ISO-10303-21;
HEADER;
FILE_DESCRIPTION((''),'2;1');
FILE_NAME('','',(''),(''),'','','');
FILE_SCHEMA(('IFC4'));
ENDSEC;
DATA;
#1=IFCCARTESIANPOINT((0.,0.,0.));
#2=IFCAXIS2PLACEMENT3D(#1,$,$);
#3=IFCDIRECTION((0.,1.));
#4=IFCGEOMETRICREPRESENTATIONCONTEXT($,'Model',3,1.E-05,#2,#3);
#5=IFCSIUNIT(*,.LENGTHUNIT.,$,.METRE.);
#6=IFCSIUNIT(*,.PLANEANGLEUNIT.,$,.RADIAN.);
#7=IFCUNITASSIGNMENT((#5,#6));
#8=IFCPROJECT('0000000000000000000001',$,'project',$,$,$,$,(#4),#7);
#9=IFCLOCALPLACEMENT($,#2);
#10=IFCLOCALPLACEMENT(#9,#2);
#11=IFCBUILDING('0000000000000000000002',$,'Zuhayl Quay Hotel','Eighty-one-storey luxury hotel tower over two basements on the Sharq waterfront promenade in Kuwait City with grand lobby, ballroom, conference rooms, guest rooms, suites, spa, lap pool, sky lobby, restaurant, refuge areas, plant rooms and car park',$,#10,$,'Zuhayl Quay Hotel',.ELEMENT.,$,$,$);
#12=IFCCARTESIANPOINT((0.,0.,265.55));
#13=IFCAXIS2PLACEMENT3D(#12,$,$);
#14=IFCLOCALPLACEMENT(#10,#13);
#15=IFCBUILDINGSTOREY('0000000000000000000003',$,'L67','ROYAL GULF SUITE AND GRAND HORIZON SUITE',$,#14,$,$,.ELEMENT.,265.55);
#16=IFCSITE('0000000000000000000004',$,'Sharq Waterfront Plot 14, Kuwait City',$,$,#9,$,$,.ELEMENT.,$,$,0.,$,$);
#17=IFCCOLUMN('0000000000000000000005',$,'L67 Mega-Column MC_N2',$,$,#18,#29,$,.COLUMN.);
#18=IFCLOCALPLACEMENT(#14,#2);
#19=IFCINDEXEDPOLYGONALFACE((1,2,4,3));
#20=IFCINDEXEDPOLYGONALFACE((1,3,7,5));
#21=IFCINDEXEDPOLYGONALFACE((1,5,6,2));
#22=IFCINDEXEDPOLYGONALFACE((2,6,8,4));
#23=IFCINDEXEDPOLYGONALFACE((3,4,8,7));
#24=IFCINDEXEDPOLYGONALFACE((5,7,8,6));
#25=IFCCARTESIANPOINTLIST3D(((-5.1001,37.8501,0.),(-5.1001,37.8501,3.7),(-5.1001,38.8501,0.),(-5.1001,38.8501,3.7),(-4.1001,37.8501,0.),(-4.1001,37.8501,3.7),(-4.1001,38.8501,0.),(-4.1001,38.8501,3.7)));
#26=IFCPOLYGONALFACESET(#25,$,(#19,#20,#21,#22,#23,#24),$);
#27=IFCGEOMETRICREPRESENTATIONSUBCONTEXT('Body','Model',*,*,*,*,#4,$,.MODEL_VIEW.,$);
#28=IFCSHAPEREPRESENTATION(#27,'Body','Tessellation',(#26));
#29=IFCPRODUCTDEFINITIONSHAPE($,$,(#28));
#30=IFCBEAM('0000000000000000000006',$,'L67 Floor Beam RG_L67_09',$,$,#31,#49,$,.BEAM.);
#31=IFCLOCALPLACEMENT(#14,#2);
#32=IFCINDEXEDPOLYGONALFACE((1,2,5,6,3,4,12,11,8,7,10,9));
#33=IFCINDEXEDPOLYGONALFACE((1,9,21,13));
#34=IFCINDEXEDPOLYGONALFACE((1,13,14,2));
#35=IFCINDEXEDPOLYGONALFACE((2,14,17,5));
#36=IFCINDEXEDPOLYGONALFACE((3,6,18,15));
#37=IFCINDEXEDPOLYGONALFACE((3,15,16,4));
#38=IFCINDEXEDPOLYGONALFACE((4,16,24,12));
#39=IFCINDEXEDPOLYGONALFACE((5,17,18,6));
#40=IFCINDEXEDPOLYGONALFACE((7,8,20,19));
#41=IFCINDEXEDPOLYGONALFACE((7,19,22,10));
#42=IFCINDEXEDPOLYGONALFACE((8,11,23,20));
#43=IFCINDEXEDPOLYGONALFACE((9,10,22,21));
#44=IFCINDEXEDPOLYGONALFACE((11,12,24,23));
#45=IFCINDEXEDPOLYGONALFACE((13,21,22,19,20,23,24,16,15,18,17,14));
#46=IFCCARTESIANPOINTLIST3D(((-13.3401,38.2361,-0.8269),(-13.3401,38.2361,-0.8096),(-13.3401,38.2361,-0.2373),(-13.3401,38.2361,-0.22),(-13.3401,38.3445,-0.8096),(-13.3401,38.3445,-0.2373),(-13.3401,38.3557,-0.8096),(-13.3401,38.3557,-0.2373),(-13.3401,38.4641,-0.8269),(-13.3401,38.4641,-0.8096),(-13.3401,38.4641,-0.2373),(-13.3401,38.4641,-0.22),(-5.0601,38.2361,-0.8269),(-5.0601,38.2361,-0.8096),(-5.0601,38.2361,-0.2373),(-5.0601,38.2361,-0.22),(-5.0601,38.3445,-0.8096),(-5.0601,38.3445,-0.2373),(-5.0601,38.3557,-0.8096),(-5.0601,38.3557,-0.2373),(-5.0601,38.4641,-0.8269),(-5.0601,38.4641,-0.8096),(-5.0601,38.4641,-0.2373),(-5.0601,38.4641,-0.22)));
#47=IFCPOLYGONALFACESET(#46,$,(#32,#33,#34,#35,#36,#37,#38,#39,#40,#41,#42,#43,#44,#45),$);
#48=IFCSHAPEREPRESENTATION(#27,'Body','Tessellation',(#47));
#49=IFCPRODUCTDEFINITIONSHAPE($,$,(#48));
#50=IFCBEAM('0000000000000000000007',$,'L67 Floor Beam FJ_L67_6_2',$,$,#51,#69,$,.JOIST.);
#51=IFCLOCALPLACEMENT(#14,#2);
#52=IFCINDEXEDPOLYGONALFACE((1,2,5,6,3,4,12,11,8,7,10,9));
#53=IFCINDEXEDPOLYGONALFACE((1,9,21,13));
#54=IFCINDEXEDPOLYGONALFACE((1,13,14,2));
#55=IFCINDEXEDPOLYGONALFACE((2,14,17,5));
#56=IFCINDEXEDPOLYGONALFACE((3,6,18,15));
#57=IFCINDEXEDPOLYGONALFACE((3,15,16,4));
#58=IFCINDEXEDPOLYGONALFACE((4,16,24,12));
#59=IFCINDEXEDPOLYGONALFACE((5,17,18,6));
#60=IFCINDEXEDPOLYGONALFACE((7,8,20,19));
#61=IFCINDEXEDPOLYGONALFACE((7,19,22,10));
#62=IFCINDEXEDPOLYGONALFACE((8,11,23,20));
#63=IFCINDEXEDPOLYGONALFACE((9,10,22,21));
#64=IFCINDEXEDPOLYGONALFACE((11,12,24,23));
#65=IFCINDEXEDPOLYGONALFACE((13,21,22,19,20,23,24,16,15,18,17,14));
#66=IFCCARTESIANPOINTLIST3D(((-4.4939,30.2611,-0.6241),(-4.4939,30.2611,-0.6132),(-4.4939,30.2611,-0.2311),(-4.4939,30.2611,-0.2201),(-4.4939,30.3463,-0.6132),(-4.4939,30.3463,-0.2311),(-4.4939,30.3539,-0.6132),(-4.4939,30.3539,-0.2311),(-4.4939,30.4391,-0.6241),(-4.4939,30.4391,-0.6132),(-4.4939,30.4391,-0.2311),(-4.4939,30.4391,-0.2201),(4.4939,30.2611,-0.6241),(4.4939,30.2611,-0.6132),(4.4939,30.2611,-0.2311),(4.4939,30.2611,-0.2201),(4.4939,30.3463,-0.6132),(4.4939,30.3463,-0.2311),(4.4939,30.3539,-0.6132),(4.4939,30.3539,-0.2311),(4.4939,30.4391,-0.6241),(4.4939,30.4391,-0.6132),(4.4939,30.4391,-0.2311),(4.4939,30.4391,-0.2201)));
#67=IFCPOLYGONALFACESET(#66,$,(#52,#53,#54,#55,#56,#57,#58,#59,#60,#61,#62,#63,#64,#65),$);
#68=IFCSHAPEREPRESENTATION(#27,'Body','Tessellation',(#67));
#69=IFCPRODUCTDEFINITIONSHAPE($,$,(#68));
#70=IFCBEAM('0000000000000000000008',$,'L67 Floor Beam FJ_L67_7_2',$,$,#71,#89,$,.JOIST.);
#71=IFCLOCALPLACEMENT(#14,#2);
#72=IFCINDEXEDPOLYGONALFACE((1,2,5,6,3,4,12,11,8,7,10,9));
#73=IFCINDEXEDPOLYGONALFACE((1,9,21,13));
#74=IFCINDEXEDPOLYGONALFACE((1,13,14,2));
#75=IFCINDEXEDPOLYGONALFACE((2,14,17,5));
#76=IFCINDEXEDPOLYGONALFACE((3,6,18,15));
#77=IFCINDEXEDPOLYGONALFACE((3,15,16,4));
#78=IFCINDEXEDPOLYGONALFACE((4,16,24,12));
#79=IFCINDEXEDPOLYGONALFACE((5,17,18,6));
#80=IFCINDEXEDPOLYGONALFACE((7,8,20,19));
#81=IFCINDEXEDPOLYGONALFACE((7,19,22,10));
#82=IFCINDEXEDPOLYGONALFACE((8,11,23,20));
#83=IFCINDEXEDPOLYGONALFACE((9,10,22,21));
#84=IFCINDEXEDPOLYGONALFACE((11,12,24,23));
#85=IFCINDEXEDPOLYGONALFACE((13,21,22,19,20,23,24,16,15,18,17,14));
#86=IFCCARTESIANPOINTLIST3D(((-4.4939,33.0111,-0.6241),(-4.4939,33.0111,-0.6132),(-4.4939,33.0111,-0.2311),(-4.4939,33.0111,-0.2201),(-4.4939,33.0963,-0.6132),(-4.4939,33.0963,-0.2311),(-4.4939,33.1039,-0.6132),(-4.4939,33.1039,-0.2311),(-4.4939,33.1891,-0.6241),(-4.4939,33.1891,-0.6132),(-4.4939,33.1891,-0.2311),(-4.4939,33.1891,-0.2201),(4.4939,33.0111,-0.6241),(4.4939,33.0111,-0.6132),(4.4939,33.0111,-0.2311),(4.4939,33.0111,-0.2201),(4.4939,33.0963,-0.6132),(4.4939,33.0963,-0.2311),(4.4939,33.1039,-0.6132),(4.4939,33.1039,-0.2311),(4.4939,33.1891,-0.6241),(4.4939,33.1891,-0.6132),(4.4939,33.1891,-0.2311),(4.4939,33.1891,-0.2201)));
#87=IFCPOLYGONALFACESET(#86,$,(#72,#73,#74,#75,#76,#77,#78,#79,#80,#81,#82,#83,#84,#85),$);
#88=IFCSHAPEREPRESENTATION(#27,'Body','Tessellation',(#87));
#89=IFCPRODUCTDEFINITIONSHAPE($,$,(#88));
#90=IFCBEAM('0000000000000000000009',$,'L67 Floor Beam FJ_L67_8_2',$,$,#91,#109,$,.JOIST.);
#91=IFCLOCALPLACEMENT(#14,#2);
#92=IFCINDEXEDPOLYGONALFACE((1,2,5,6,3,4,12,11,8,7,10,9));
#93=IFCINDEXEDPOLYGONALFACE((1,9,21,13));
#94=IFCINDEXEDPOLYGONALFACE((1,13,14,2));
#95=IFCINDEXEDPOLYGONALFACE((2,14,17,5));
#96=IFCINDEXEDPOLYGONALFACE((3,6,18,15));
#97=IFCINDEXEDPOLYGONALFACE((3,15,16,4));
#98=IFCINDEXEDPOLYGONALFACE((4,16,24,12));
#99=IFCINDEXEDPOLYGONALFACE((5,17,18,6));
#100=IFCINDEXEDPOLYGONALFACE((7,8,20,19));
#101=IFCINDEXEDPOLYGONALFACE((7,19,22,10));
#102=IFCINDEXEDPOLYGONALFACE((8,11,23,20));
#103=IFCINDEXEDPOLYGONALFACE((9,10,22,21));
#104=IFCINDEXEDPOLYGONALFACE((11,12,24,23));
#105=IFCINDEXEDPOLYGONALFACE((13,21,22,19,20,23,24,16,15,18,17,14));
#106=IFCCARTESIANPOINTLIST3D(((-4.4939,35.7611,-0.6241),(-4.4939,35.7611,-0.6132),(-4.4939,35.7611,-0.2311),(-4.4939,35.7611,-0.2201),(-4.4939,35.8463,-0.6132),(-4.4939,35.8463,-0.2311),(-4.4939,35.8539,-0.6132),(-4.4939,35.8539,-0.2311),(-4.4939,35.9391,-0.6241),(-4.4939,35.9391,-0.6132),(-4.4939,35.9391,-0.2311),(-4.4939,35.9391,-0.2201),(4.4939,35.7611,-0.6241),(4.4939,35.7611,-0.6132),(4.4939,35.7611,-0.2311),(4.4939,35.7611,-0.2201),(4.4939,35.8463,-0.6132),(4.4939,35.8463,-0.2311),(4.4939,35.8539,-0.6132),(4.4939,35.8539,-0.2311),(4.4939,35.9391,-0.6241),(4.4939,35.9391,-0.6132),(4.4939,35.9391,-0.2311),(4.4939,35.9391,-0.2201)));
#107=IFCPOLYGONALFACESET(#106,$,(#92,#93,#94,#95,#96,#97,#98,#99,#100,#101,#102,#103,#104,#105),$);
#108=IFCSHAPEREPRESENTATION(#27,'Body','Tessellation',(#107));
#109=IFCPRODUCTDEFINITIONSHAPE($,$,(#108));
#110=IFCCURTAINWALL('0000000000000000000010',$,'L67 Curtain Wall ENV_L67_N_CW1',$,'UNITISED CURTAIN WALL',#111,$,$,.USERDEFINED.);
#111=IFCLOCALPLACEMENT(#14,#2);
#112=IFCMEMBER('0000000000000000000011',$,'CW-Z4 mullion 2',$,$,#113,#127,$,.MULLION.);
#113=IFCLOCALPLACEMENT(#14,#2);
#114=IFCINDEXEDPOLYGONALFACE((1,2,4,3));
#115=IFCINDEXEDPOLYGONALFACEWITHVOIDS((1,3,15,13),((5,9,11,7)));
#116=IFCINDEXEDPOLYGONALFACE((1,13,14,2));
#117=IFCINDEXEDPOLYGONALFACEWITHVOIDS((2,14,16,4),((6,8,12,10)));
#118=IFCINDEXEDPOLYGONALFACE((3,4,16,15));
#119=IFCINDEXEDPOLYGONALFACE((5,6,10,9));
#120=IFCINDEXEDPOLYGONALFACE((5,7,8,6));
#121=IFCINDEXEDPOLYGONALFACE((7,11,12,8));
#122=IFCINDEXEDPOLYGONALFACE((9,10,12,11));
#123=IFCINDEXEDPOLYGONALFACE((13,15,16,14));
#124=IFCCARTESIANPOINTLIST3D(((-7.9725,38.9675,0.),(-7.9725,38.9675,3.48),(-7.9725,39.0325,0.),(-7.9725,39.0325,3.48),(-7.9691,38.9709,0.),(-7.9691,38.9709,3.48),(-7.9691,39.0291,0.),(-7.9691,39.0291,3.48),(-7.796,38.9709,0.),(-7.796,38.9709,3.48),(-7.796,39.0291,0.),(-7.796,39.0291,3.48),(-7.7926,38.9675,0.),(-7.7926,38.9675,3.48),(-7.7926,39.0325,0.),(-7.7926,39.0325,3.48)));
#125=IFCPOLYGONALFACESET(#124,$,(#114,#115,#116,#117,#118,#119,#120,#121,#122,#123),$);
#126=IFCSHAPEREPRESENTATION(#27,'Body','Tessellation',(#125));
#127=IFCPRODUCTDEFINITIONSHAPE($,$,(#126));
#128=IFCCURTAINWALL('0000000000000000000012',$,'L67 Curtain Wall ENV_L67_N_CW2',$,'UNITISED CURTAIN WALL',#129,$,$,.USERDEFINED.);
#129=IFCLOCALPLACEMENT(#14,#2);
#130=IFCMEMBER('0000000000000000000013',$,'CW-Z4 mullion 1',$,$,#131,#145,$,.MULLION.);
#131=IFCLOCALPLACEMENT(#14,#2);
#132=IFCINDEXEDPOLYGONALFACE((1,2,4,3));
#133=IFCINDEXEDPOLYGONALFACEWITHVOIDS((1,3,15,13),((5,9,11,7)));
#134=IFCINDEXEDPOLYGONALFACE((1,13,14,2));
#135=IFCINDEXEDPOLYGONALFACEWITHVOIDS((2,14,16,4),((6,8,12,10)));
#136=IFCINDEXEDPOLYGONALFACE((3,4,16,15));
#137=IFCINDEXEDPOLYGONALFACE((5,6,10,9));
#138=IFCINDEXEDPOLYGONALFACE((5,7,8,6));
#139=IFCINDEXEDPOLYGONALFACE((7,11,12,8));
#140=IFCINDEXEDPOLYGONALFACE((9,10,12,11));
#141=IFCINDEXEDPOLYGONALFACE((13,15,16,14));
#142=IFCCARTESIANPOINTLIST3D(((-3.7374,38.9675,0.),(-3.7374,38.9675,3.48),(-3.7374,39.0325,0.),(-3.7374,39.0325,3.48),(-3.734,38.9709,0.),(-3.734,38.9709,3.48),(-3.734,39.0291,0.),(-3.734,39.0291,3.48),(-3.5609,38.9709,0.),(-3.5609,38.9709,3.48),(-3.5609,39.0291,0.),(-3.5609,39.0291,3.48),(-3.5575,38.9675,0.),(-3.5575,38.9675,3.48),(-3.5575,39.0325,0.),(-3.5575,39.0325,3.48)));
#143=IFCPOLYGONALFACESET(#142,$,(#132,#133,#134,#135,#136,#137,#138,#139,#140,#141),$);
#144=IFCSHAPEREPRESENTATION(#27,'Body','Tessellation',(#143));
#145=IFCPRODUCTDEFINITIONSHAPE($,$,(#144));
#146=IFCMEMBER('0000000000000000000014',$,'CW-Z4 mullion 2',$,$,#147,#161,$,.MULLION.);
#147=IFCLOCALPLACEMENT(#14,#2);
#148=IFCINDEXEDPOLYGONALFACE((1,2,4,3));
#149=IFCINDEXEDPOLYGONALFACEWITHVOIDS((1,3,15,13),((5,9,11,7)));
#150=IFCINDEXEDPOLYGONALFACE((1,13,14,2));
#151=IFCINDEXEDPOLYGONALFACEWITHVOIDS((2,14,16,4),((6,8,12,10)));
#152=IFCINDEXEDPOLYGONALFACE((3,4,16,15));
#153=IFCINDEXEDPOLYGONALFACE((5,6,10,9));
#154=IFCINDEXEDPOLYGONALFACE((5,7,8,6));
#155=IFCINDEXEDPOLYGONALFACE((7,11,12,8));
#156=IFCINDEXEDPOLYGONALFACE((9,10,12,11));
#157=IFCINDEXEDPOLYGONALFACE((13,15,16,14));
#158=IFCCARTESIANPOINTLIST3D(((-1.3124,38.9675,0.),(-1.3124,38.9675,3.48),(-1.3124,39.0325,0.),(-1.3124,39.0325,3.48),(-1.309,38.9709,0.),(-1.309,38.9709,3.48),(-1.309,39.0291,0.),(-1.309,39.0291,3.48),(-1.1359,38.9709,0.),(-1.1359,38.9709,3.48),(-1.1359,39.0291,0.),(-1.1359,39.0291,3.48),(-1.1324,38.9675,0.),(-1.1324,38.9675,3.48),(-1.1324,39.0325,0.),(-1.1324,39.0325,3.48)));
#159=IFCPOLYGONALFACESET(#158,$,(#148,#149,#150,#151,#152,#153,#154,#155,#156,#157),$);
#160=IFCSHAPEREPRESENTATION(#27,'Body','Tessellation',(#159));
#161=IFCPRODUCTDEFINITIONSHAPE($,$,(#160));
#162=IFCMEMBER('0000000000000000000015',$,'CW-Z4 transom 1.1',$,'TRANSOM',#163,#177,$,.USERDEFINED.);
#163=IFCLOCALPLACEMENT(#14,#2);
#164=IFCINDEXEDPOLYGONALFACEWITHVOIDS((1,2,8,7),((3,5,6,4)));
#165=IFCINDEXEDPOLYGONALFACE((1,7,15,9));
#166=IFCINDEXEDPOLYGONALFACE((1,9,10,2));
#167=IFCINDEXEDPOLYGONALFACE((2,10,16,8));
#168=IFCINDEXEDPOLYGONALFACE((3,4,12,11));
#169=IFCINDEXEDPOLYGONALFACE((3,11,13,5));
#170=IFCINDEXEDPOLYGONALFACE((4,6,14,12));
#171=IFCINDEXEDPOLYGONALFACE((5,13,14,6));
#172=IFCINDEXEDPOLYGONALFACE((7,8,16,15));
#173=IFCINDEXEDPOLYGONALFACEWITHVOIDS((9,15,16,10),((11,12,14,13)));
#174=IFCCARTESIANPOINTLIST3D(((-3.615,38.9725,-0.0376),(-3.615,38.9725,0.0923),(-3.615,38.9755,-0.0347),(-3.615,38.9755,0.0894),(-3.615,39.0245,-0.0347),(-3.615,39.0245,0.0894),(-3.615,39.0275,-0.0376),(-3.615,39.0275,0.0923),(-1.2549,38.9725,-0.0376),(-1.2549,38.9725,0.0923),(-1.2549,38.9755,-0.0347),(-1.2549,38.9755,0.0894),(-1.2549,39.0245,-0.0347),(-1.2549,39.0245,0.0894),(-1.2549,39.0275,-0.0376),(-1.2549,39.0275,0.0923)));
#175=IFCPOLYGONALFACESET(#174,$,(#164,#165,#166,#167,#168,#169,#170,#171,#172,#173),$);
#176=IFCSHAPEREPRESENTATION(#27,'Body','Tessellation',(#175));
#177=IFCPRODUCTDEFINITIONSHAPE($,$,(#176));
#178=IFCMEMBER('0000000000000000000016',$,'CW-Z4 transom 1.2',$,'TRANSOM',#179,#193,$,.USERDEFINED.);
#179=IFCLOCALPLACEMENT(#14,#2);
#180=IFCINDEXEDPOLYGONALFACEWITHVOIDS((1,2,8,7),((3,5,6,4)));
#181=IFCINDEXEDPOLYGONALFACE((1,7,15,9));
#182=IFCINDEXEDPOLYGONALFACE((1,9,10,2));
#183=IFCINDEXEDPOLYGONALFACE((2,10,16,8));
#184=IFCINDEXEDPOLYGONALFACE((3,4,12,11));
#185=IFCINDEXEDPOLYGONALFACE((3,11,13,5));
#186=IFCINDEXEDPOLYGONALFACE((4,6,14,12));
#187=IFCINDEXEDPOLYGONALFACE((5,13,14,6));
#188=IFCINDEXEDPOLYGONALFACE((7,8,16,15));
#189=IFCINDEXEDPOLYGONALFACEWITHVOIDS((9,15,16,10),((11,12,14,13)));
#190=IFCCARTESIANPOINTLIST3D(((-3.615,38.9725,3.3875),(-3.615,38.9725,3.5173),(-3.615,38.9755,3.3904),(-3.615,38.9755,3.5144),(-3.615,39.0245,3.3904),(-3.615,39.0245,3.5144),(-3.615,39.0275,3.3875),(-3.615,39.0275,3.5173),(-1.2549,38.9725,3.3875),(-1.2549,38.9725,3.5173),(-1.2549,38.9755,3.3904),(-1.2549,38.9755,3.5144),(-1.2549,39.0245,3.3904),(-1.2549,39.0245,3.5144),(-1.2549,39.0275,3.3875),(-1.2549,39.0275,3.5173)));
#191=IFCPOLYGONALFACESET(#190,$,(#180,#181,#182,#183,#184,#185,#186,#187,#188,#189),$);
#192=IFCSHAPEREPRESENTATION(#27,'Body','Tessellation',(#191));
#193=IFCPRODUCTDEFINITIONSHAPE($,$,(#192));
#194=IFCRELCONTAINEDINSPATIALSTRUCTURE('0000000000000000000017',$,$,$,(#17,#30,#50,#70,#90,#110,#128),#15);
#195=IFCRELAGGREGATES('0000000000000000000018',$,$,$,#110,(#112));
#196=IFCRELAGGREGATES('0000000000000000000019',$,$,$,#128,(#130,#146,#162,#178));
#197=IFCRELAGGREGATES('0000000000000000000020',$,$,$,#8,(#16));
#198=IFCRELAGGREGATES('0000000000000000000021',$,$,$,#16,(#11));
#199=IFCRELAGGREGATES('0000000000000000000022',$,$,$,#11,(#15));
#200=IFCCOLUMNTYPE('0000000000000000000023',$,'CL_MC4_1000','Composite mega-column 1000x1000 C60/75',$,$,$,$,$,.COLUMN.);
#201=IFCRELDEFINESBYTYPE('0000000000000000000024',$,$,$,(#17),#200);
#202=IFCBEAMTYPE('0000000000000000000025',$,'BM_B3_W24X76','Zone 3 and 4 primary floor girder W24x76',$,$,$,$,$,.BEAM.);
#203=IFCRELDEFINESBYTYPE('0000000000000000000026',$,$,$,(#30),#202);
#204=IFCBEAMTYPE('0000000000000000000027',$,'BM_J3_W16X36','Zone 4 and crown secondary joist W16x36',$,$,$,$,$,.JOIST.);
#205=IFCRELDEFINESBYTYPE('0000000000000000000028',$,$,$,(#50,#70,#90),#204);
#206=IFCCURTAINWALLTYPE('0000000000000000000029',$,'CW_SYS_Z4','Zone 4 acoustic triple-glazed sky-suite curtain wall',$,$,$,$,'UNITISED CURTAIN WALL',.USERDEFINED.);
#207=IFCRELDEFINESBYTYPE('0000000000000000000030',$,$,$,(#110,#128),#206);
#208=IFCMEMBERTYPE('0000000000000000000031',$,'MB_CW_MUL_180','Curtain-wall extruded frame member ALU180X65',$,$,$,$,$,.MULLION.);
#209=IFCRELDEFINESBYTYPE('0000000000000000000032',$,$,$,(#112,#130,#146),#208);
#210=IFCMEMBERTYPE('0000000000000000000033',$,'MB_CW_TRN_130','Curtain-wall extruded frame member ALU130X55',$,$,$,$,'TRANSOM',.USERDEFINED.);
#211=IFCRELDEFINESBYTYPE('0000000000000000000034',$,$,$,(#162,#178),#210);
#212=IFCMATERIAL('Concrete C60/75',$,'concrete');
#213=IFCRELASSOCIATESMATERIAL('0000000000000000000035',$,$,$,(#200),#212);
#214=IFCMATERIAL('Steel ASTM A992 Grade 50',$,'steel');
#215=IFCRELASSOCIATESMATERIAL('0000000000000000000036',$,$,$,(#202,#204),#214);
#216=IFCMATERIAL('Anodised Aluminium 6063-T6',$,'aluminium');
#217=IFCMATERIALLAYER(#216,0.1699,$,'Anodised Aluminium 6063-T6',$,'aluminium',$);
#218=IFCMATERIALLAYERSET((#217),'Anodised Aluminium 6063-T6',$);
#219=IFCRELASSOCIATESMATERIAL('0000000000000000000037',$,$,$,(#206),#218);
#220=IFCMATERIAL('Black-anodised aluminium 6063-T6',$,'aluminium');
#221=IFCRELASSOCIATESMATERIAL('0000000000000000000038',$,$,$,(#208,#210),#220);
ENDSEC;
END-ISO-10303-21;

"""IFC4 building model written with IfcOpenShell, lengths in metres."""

from ifc_helpers import new_model, si_unit, direction, frame, origin, origin_2d, place, context, subcontext, project, spatial, rectangle, hollow_rectangle, i_section, extrude, material, layer, layer_set, material_profile, profile_set, type_object, element, aggregate, save


model = new_model("IFC4")

# Units and contexts
model_context = context("Model", 3, precision=1e-05, world=origin(), true_north=direction((0.0, 1.0)))
body_context = subcontext(model_context, "Body", "Model", "MODEL_VIEW")
ifc_project = project(units=[si_unit("LENGTHUNIT", "METRE"), si_unit("PLANEANGLEUNIT", "RADIAN")], contexts=[model_context])

# Site, building, storey
site_placement = place(None, origin())
site = spatial("IfcSite", under=ifc_project, at=site_placement, Name="Sharq Waterfront Plot 14, Kuwait City", CompositionType="ELEMENT", RefElevation=0.0)
building_placement = place(site_placement, origin())
building = spatial("IfcBuilding", under=site, at=building_placement, Name="Zuhayl Quay Hotel", Description="Eighty-one-storey luxury hotel tower over two basements on the Sharq waterfront promenade in Kuwait City with grand lobby, ballroom, conference rooms, guest rooms, suites, spa, lap pool, sky lobby, restaurant, refuge areas, plant rooms and car park", LongName="Zuhayl Quay Hotel", CompositionType="ELEMENT")
storey_placement = place(building_placement, frame((0.0, 0.0, 265.55)))
storey = spatial("IfcBuildingStorey", under=building, at=storey_placement, Name="L67", Description="ROYAL GULF SUITE AND GRAND HORIZON SUITE", CompositionType="ELEMENT", Elevation=265.55)

# Column
ifc_material_1 = material(Name="Concrete C60/75", Category="concrete")
ifc_material_profile_1 = material_profile(ifc_material_1, rectangle(XDim=1.0, YDim=1.0, at=origin_2d()), Name="RC1000X1000")
ifc_profile_set_1 = profile_set([ifc_material_profile_1], Name="Concrete C60/75")
column_type = type_object("IfcColumnType", Name="CL_MC4_1000", Description="Composite mega-column 1000x1000 C60/75", PredefinedType="COLUMN", material=ifc_profile_set_1)
column_placement = place(storey_placement, frame((-4.6001, 38.3501, 0.0), z_axis=(0.0, 0.0, 1.0), x_axis=(1.0, 0.0, 0.0)))
element("IfcColumn", 1, at=column_placement, inside=storey, type_object=column_type, Name="L67 Mega-Column MC_N2", PredefinedType="COLUMN", context=body_context, shape_type="SweptSolid", body=[
    extrude(rectangle(XDim=1.0, YDim=1.0, at=origin_2d()), origin(), (0.0, 0.0, 1.0), 3.7),
])

# Beams
ifc_material_2 = material(Name="Steel ASTM A992 Grade 50", Category="steel")
ifc_material_profile_2 = material_profile(ifc_material_2, i_section(OverallWidth=0.228, OverallDepth=0.6069, WebThickness=0.0112, FlangeThickness=0.0173, at=origin_2d()), Name="W24X76")
ifc_profile_set_2 = profile_set([ifc_material_profile_2], Name="Steel ASTM A992 Grade 50")
beam_type_1 = type_object("IfcBeamType", Name="BM_B3_W24X76", Description="Zone 3 and 4 primary floor girder W24x76", PredefinedType="BEAM", material=ifc_profile_set_2)
beam_placement = place(storey_placement, frame((-5.0601, 38.3501, -0.5234), z_axis=(-1.0, 0.0, 0.0), x_axis=(0.0, -1.0, 0.0)))
element("IfcBeam", 2, at=beam_placement, inside=storey, type_object=beam_type_1, Name="L67 Floor Beam RG_L67_09", PredefinedType="BEAM", context=body_context, shape_type="SweptSolid", body=[
    extrude(i_section(OverallWidth=0.228, OverallDepth=0.6069, WebThickness=0.0112, FlangeThickness=0.0173, at=origin_2d()), origin(), (0.0, 0.0, 1.0), 8.28),
])
ifc_material_profile_3 = material_profile(ifc_material_2, i_section(OverallWidth=0.178, OverallDepth=0.4041, WebThickness=0.0076, FlangeThickness=0.011, at=origin_2d()), Name="W16X36")
ifc_profile_set_3 = profile_set([ifc_material_profile_3], Name="Steel ASTM A992 Grade 50")
beam_type_2 = type_object("IfcBeamType", Name="BM_J3_W16X36", Description="Zone 4 and crown secondary joist W16x36", PredefinedType="JOIST", material=ifc_profile_set_3)
for number, where, z_axis, x_axis, name in (
    (3, (-4.4939, 30.3501, -0.4221), (1.0, 0.0, 0.0), (0.0, 1.0, 0.0), "L67 Floor Beam FJ_L67_6_2"),
    (4, (-4.4939, 33.1001, -0.4221), (1.0, 0.0, 0.0), (0.0, 1.0, 0.0), "L67 Floor Beam FJ_L67_7_2"),
    (5, (-4.4939, 35.8501, -0.4221), (1.0, 0.0, 0.0), (0.0, 1.0, 0.0), "L67 Floor Beam FJ_L67_8_2"),
):
    element("IfcBeam", number, at=place(storey_placement, frame(where, z_axis=z_axis, x_axis=x_axis)), inside=storey, type_object=beam_type_2, Name=name, PredefinedType="JOIST", context=body_context, shape_type="SweptSolid", body=[
        extrude(i_section(OverallWidth=0.178, OverallDepth=0.4041, WebThickness=0.0076, FlangeThickness=0.011, at=origin_2d()), origin(), (0.0, 0.0, 1.0), 8.9878),
    ])

# Curtain wall, member
ifc_material_3 = material(Name="Anodised Aluminium 6063-T6", Category="aluminium")
ifc_layer_1 = layer(ifc_material_3, 0.1699, Name="Anodised Aluminium 6063-T6", Category="aluminium")
ifc_layer_set_1 = layer_set([ifc_layer_1], Name="Anodised Aluminium 6063-T6")
curtain_wall_type = type_object("IfcCurtainWallType", Name="CW_SYS_Z4", Description="Zone 4 acoustic triple-glazed sky-suite curtain wall", ElementType="UNITISED CURTAIN WALL", PredefinedType="USERDEFINED", material=ifc_layer_set_1)
curtain_wall_1_placement = place(storey_placement, origin())
curtain_wall_1 = element("IfcCurtainWall", 6, at=curtain_wall_1_placement, inside=storey, type_object=curtain_wall_type, Name="L67 Curtain Wall ENV_L67_N_CW1", ObjectType="UNITISED CURTAIN WALL", PredefinedType="USERDEFINED")
ifc_material_4 = material(Name="Black-anodised aluminium 6063-T6", Category="aluminium")
ifc_material_profile_4 = material_profile(ifc_material_4, hollow_rectangle(XDim=0.0649, YDim=0.1799, WallThickness=0.0034, at=origin_2d()), Name="ALU180X65")
ifc_profile_set_4 = profile_set([ifc_material_profile_4], Name="Black-anodised aluminium 6063-T6")
member_type_1 = type_object("IfcMemberType", Name="MB_CW_MUL_180", Description="Curtain-wall extruded frame member ALU180X65", PredefinedType="MULLION", material=ifc_profile_set_4)
member_1_placement = place(storey_placement, frame((-7.8826, 39.0, 0.0), z_axis=(0.0, 0.0, 1.0), x_axis=(0.0, 1.0, 0.0)))
member_1 = element("IfcMember", 7, at=member_1_placement, type_object=member_type_1, Name="CW-Z4 mullion 2", PredefinedType="MULLION", context=body_context, shape_type="SweptSolid", body=[
    extrude(hollow_rectangle(XDim=0.0649, YDim=0.1799, WallThickness=0.0034, at=origin_2d()), origin(), (0.0, 0.0, 1.0), 3.48),
])
aggregate(curtain_wall_1, [member_1])

# Curtain wall, members
curtain_wall_2_placement = place(storey_placement, origin())
curtain_wall_2 = element("IfcCurtainWall", 8, at=curtain_wall_2_placement, inside=storey, type_object=curtain_wall_type, Name="L67 Curtain Wall ENV_L67_N_CW2", ObjectType="UNITISED CURTAIN WALL", PredefinedType="USERDEFINED")
member_2_placement = place(storey_placement, frame((-3.6475, 39.0, 0.0), z_axis=(0.0, 0.0, 1.0), x_axis=(0.0, 1.0, 0.0)))
member_2 = element("IfcMember", 9, at=member_2_placement, type_object=member_type_1, Name="CW-Z4 mullion 1", PredefinedType="MULLION", context=body_context, shape_type="SweptSolid", body=[
    extrude(hollow_rectangle(XDim=0.0649, YDim=0.1799, WallThickness=0.0034, at=origin_2d()), origin(), (0.0, 0.0, 1.0), 3.48),
])
member_3_placement = place(storey_placement, frame((-1.2224, 39.0, 0.0), z_axis=(0.0, 0.0, 1.0), x_axis=(0.0, 1.0, 0.0)))
member_3 = element("IfcMember", 10, at=member_3_placement, type_object=member_type_1, Name="CW-Z4 mullion 2", PredefinedType="MULLION", context=body_context, shape_type="SweptSolid", body=[
    extrude(hollow_rectangle(XDim=0.0649, YDim=0.1799, WallThickness=0.0034, at=origin_2d()), origin(), (0.0, 0.0, 1.0), 3.48),
])
ifc_material_profile_5 = material_profile(ifc_material_4, hollow_rectangle(XDim=0.0549, YDim=0.1299, WallThickness=0.0029, at=origin_2d()), Name="ALU130X55")
ifc_profile_set_5 = profile_set([ifc_material_profile_5], Name="Black-anodised aluminium 6063-T6")
member_type_2 = type_object("IfcMemberType", Name="MB_CW_TRN_130", Description="Curtain-wall extruded frame member ALU130X55", ElementType="TRANSOM", PredefinedType="USERDEFINED", material=ifc_profile_set_5)
member_4_placement = place(storey_placement, frame((-3.615, 39.0, 0.0273), z_axis=(1.0, 0.0, 0.0), x_axis=(0.0, 1.0, 0.0)))
member_4 = element("IfcMember", 11, at=member_4_placement, type_object=member_type_2, Name="CW-Z4 transom 1.1", ObjectType="TRANSOM", PredefinedType="USERDEFINED", context=body_context, shape_type="SweptSolid", body=[
    extrude(hollow_rectangle(XDim=0.0549, YDim=0.1299, WallThickness=0.0029, at=origin_2d()), origin(), (0.0, 0.0, 1.0), 2.3601),
])
member_5_placement = place(storey_placement, frame((-3.615, 39.0, 3.4524), z_axis=(1.0, 0.0, 0.0), x_axis=(0.0, 1.0, 0.0)))
member_5 = element("IfcMember", 12, at=member_5_placement, type_object=member_type_2, Name="CW-Z4 transom 1.2", ObjectType="TRANSOM", PredefinedType="USERDEFINED", context=body_context, shape_type="SweptSolid", body=[
    extrude(hollow_rectangle(XDim=0.0549, YDim=0.1299, WallThickness=0.0029, at=origin_2d()), origin(), (0.0, 0.0, 1.0), 2.3601),
])
aggregate(curtain_wall_2, [member_2, member_3, member_4, member_5])

save(model, "model.ifc")
